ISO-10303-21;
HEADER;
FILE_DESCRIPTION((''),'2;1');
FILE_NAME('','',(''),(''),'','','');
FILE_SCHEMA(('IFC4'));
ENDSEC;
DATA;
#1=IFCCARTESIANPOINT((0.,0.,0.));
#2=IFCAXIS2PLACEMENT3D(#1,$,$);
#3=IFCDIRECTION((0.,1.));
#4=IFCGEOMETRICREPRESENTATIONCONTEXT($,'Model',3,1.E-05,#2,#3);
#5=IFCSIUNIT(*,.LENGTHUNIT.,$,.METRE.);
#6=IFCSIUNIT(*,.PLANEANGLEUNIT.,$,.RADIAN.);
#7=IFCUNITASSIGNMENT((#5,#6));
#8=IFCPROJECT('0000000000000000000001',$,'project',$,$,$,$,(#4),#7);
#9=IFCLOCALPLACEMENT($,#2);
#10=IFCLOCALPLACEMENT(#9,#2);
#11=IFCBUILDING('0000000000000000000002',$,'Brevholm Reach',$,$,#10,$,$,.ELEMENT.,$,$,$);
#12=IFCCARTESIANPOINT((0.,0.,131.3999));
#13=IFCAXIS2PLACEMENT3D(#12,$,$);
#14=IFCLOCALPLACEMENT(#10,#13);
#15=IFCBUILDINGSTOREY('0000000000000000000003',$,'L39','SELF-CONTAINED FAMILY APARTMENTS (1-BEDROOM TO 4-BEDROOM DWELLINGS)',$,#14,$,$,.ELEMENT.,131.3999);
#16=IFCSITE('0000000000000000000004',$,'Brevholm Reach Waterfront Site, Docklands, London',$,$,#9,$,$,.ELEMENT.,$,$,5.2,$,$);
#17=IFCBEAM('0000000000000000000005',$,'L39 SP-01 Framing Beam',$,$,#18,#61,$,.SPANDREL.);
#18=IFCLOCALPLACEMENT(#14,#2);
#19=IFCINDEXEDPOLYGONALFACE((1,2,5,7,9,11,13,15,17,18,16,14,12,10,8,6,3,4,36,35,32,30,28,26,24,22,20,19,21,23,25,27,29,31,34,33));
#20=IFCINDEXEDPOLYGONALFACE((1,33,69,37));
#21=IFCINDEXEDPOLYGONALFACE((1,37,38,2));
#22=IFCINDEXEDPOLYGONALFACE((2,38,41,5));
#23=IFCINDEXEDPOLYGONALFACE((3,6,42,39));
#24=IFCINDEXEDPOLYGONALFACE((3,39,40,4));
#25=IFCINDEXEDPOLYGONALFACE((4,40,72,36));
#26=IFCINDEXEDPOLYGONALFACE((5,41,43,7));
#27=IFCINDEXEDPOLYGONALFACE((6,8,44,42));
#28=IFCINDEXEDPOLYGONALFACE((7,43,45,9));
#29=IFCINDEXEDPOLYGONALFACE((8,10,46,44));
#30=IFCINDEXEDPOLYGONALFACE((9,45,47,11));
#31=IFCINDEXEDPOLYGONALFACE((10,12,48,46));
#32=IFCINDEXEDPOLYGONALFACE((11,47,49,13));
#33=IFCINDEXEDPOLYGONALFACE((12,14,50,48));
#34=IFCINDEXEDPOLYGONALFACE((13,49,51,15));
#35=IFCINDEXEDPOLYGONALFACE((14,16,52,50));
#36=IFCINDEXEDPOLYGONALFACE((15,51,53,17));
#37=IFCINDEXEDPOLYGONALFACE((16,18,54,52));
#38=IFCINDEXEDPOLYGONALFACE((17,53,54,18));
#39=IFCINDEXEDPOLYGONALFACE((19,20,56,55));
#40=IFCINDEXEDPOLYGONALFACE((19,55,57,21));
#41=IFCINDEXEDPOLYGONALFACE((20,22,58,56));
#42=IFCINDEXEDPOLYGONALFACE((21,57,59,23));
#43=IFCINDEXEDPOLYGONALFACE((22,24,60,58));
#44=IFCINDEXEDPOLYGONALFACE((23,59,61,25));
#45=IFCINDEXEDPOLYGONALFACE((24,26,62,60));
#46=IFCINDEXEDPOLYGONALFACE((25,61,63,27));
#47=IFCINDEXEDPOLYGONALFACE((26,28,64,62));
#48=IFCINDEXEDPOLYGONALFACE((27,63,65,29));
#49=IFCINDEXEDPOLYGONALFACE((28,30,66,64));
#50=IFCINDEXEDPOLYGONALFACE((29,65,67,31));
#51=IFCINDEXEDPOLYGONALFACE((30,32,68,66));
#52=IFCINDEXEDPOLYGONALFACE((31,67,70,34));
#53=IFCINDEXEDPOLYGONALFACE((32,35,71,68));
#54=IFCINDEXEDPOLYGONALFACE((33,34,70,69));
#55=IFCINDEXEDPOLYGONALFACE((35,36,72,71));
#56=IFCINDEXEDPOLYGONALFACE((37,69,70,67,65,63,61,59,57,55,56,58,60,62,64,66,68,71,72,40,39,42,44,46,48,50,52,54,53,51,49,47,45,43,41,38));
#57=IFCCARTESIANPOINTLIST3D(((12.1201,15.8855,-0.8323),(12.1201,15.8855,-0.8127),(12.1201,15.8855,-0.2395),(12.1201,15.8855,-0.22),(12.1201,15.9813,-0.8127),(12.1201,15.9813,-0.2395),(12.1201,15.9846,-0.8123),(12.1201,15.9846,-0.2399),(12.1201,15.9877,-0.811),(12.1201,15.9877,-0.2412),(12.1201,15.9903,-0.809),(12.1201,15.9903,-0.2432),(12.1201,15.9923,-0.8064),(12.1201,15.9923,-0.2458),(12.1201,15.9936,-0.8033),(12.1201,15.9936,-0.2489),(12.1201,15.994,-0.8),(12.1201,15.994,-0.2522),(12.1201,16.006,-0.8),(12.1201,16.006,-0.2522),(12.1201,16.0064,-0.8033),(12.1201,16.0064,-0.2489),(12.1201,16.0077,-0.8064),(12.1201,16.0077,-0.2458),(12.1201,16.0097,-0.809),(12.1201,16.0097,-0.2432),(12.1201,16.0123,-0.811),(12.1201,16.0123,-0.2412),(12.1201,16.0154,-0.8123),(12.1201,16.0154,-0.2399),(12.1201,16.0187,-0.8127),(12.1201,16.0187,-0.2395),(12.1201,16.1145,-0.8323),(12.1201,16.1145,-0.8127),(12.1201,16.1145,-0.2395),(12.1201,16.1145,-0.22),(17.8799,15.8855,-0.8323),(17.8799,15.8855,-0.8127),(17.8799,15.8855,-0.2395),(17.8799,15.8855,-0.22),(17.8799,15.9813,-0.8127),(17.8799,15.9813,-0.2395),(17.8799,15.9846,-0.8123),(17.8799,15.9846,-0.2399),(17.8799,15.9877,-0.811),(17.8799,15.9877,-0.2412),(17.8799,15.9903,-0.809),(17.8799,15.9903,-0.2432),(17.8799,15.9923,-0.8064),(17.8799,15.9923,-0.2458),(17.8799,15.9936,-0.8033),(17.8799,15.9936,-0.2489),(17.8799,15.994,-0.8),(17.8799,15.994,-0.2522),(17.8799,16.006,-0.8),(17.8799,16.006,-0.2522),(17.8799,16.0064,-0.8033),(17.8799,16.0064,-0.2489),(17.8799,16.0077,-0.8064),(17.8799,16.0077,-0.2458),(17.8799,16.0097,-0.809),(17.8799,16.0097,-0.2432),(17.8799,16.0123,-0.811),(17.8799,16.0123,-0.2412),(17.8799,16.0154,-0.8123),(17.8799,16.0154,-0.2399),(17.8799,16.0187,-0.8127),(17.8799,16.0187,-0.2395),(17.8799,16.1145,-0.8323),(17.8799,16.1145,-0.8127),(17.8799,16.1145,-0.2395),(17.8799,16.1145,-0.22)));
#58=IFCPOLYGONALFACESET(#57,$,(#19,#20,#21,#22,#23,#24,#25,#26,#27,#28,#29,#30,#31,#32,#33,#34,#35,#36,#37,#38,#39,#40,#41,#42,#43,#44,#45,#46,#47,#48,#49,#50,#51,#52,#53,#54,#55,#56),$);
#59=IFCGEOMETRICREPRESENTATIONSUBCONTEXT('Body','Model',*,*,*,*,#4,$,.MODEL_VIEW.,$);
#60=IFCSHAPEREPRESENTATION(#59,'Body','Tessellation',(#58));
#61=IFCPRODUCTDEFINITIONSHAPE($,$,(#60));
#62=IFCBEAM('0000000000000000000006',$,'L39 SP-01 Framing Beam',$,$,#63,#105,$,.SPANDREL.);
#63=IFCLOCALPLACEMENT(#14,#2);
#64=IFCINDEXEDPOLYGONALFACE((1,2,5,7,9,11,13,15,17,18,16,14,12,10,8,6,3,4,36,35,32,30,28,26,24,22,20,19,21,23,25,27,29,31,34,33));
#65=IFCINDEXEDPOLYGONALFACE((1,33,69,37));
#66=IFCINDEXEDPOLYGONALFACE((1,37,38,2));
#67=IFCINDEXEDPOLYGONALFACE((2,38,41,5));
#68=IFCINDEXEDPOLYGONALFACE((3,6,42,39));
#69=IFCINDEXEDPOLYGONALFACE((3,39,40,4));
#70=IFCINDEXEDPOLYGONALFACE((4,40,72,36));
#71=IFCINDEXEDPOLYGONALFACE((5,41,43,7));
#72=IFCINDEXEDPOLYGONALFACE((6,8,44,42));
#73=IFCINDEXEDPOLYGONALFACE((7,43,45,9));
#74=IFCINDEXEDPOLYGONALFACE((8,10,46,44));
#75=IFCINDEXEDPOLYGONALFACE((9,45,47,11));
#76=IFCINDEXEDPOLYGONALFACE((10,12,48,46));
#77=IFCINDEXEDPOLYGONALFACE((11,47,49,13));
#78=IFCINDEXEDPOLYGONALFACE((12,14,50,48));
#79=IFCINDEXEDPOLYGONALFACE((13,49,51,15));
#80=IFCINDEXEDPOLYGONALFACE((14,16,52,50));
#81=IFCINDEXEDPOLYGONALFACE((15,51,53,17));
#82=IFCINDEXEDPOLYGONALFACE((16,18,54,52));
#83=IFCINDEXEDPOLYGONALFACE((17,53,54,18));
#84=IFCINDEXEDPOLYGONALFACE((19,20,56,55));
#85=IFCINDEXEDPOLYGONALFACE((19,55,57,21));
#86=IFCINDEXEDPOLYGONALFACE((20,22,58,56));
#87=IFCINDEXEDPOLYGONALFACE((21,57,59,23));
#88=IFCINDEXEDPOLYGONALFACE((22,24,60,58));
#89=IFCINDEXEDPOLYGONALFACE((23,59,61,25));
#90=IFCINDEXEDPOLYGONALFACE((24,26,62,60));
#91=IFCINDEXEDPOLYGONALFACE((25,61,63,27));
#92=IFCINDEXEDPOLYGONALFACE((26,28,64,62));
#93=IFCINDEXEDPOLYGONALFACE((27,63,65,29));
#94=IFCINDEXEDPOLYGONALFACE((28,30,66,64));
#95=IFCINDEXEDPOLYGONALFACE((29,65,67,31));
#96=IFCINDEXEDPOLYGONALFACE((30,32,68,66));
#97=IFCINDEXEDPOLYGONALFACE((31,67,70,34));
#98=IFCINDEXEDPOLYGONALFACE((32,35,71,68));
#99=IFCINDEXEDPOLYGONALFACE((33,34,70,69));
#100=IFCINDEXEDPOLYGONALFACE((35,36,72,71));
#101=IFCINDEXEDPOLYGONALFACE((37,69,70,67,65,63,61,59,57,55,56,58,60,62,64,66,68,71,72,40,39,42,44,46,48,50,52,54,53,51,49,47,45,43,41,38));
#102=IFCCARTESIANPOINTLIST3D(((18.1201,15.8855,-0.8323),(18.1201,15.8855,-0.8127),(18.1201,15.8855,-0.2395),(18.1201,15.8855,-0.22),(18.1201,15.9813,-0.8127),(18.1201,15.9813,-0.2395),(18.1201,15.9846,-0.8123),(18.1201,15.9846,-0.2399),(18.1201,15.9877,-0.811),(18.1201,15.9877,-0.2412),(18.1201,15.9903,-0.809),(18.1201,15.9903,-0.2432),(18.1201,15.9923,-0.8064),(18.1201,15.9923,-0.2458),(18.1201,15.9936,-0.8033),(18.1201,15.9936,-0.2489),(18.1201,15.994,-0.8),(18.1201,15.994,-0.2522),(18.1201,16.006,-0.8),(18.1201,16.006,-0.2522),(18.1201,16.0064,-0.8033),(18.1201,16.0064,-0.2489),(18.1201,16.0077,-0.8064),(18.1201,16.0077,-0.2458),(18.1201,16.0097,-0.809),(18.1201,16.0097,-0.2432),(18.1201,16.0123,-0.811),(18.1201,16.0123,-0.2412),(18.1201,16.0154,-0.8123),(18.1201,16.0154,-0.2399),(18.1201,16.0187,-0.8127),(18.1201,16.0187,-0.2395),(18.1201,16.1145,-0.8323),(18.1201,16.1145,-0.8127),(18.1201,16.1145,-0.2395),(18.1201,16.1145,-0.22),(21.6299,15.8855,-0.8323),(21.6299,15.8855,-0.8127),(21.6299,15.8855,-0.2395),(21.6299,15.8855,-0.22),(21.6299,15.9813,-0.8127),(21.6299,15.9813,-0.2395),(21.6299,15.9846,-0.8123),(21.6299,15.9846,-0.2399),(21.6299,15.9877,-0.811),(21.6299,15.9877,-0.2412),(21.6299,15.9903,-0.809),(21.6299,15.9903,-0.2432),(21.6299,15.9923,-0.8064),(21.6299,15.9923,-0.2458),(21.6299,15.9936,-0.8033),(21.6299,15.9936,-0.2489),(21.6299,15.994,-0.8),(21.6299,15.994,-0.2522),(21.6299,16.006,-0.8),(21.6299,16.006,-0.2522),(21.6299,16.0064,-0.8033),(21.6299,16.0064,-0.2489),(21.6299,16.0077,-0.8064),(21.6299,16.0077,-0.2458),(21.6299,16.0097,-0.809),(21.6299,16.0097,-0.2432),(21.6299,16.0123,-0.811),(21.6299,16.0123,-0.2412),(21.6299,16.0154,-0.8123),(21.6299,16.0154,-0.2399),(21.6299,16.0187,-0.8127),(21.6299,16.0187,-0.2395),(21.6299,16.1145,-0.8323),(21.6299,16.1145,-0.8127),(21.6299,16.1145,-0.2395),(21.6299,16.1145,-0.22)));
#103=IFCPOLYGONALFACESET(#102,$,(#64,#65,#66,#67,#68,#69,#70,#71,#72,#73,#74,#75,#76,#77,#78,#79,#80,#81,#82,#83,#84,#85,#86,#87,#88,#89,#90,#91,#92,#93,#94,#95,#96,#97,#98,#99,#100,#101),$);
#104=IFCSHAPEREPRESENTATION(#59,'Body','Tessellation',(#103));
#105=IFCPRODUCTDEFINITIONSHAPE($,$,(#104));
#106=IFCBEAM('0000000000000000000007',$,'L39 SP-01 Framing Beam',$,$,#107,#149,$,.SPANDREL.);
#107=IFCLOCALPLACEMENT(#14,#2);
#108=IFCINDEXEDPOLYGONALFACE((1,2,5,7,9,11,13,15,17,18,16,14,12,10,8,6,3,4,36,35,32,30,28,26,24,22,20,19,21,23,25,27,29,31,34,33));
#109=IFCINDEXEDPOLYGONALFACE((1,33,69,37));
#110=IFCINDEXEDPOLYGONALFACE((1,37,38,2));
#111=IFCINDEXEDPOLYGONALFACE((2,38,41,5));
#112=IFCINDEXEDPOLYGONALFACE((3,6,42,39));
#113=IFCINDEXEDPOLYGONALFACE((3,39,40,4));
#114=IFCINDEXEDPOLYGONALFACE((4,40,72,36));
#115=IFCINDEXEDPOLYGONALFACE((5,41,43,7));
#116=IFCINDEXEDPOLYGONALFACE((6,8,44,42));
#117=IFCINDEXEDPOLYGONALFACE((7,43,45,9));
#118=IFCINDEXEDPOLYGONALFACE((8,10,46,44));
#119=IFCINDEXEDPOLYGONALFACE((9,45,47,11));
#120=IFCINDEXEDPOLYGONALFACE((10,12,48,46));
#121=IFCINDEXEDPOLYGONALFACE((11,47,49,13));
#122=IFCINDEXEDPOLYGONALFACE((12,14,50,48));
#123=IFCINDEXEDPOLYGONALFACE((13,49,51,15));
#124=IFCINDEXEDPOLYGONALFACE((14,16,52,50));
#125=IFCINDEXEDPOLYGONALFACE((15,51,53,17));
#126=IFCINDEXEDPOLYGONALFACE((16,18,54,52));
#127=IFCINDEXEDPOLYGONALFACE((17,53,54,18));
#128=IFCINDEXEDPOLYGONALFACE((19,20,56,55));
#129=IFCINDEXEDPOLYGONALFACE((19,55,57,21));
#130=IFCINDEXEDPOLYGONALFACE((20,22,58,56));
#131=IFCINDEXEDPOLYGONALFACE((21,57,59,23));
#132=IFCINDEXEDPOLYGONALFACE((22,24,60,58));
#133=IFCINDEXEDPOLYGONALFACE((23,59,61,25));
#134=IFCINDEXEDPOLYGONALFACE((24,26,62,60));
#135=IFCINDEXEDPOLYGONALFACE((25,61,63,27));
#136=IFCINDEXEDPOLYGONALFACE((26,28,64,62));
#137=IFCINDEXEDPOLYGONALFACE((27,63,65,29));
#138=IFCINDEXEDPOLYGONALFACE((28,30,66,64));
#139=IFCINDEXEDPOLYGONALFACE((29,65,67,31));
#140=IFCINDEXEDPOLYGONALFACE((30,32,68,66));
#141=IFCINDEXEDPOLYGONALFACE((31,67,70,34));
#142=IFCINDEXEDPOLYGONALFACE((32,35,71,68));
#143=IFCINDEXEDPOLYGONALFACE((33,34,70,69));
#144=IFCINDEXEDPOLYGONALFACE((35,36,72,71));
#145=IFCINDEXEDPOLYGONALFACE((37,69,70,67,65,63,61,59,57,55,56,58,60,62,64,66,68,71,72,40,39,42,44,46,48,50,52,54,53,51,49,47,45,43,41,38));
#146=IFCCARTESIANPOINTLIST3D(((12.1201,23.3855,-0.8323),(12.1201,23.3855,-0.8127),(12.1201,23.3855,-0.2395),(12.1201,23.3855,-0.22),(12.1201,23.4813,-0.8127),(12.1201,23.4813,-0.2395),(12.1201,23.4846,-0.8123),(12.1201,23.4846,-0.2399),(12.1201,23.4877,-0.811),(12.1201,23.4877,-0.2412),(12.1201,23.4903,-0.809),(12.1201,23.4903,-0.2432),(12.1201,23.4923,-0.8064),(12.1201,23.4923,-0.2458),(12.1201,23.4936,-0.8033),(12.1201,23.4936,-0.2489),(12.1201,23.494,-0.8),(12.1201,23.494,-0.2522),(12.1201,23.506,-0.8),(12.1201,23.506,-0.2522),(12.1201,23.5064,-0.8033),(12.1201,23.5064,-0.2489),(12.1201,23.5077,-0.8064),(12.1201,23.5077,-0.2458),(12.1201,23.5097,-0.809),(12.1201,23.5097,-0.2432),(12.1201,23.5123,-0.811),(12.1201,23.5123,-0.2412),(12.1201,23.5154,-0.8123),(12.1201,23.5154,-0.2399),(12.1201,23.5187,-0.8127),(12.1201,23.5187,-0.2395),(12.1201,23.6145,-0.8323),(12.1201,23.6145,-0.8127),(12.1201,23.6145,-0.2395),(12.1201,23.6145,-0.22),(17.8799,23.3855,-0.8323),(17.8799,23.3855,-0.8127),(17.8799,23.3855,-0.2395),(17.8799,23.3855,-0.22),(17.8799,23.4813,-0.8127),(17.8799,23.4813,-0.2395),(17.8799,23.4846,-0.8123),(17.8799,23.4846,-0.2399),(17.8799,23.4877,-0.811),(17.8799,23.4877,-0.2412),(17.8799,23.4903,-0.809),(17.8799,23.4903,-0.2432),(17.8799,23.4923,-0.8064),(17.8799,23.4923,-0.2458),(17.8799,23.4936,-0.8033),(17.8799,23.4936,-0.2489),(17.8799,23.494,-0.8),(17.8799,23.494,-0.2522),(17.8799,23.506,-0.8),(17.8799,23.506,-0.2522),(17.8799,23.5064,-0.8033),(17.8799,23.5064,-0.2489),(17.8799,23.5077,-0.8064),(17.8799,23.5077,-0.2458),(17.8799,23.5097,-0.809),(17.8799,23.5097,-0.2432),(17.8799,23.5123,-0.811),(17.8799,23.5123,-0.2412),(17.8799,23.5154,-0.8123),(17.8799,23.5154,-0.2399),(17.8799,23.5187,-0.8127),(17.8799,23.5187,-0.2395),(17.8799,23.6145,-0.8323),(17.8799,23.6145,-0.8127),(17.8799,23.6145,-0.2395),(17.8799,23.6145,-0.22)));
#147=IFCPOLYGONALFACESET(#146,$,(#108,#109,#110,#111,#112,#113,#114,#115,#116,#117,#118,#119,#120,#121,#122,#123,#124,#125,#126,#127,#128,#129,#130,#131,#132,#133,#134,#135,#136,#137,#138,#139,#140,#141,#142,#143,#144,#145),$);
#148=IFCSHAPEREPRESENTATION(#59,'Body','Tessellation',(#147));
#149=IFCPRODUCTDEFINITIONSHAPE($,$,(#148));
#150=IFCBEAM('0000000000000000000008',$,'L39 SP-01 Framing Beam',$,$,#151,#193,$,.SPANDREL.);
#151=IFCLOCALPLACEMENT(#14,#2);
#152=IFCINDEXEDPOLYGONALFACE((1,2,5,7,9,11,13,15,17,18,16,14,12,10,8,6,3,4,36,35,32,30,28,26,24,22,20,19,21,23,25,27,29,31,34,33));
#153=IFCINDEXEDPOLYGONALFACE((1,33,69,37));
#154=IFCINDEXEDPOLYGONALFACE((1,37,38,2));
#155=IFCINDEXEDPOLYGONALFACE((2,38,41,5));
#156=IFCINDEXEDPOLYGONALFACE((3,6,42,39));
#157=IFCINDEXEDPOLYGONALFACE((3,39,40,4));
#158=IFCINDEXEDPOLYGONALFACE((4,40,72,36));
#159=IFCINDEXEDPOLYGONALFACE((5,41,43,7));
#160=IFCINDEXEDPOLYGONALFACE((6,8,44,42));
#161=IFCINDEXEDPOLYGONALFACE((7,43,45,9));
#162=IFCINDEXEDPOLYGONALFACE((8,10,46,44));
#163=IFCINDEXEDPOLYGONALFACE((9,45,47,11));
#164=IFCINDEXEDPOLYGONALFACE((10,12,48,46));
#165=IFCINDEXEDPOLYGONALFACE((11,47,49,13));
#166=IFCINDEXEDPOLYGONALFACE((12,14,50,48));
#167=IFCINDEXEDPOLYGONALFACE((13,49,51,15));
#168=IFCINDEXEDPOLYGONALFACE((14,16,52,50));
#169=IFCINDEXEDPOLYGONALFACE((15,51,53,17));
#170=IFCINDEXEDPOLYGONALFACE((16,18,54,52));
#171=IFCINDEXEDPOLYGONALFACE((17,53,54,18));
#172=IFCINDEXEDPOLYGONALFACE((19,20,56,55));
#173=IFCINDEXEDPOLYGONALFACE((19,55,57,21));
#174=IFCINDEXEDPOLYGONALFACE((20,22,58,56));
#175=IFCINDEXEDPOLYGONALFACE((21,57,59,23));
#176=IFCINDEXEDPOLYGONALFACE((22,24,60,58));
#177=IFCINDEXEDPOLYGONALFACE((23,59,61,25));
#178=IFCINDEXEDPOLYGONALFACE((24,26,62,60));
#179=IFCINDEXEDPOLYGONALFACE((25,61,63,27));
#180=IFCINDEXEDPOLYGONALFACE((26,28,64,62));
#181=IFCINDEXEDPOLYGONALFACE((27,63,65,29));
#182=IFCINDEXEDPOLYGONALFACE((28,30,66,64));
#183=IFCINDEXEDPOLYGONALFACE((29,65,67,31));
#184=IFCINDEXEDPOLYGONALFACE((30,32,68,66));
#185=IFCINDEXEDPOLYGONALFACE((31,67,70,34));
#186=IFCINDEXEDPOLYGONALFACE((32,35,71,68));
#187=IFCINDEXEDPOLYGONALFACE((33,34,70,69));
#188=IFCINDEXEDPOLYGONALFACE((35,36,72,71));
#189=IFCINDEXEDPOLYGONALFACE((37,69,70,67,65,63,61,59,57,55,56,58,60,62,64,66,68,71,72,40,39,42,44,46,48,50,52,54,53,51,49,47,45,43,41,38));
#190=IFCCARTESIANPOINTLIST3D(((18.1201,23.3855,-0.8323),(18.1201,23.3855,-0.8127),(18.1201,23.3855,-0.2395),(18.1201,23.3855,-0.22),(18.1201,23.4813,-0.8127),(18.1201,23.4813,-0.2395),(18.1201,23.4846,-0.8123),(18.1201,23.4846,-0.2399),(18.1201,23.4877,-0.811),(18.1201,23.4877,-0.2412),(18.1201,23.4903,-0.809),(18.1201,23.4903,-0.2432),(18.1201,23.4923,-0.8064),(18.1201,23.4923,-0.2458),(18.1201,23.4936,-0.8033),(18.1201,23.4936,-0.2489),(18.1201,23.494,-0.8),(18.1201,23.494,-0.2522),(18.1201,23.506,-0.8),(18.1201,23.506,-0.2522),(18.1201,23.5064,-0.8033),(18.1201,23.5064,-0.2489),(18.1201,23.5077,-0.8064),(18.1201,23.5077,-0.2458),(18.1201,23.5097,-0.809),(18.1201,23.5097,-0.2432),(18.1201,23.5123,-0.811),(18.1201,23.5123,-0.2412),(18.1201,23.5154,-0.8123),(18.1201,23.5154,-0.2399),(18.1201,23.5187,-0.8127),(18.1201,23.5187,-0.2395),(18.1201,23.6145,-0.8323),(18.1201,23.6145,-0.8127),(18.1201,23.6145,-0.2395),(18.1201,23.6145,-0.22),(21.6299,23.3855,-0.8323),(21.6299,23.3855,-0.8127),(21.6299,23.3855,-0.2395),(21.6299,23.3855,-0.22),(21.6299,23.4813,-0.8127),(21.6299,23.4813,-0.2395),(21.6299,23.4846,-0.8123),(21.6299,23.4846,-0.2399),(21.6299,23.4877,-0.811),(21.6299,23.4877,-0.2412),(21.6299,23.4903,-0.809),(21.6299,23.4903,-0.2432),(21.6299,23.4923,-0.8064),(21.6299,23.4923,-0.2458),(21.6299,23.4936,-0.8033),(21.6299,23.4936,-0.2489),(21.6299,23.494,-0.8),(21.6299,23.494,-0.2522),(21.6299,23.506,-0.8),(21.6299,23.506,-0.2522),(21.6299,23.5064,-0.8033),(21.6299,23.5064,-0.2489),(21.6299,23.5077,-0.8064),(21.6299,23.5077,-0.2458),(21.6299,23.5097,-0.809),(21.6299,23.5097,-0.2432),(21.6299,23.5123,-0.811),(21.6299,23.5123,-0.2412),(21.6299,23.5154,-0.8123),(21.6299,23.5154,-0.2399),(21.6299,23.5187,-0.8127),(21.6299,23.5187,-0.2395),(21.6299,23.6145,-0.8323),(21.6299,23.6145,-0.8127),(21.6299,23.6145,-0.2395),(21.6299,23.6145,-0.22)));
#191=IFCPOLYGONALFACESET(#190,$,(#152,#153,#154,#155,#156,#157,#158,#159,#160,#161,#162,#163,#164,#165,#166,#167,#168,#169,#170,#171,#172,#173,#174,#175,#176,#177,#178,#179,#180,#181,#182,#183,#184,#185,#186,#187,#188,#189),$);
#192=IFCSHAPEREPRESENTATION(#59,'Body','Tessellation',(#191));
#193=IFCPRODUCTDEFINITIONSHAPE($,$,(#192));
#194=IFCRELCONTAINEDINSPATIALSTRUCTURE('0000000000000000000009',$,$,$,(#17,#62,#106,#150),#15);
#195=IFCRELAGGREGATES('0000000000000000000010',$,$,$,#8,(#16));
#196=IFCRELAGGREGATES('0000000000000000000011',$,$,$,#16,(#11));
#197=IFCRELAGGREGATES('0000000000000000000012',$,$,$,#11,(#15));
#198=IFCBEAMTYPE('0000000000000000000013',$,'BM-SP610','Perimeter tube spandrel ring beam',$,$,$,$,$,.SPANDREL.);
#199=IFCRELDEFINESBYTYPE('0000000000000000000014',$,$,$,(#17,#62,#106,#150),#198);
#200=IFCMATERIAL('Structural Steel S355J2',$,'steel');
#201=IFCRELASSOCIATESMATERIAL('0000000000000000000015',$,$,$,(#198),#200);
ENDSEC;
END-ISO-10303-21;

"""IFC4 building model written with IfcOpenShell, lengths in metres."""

from ifc_helpers import new_model, si_unit, direction, frame, origin, origin_2d, place, context, subcontext, project, spatial, i_section, extrude, material, material_profile, profile_set, type_object, element, save


model = new_model("IFC4")

# Units and contexts
model_context = context("Model", 3, precision=1e-05, world=origin(), true_north=direction((0.0, 1.0)))
body_context = subcontext(model_context, "Body", "Model", "MODEL_VIEW")
ifc_project = project(units=[si_unit("LENGTHUNIT", "METRE"), si_unit("PLANEANGLEUNIT", "RADIAN")], contexts=[model_context])

# Site, building, storey
site_placement = place(None, origin())
site = spatial("IfcSite", under=ifc_project, at=site_placement, Name="Brevholm Reach Waterfront Site, Docklands, London", CompositionType="ELEMENT", RefElevation=5.2)
building_placement = place(site_placement, origin())
building = spatial("IfcBuilding", under=site, at=building_placement, Name="Brevholm Reach", CompositionType="ELEMENT")
storey_placement = place(building_placement, frame((0.0, 0.0, 131.3999)))
storey = spatial("IfcBuildingStorey", under=building, at=storey_placement, Name="L39", Description="SELF-CONTAINED FAMILY APARTMENTS (1-BEDROOM TO 4-BEDROOM DWELLINGS)", CompositionType="ELEMENT", Elevation=131.3999)

# Beams
ifc_material_1 = material(Name="Structural Steel S355J2", Category="steel")
ifc_material_profile_1 = material_profile(ifc_material_1, i_section(OverallWidth=0.229, OverallDepth=0.6123, WebThickness=0.012, FlangeThickness=0.0195, FilletRadius=0.0127, at=origin_2d()), Name="UKB 610x229x125")
ifc_profile_set_1 = profile_set([ifc_material_profile_1], Name="Structural Steel S355J2")
beam_type_1 = type_object("IfcBeamType", Name="BM-SP610", Description="Perimeter tube spandrel ring beam", PredefinedType="SPANDREL", material=ifc_profile_set_1)
beam_1_placement = place(storey_placement, frame((12.1201, 16.0, -0.5261), z_axis=(1.0, 0.0, 0.0), x_axis=(0.0, 1.0, 0.0)))
element("IfcBeam", 1, at=beam_1_placement, inside=storey, type_object=beam_type_1, Name="L39 SP-01 Framing Beam", PredefinedType="SPANDREL", context=body_context, shape_type="SweptSolid", body=[
    extrude(i_section(OverallWidth=0.229, OverallDepth=0.6123, WebThickness=0.012, FlangeThickness=0.0195, FilletRadius=0.0127, at=origin_2d()), origin(), (0.0, 0.0, 1.0), 5.7598),
])
beam_2_placement = place(storey_placement, frame((18.1201, 16.0, -0.5261), z_axis=(1.0, 0.0, 0.0), x_axis=(0.0, 1.0, 0.0)))
element("IfcBeam", 2, at=beam_2_placement, inside=storey, type_object=beam_type_1, Name="L39 SP-01 Framing Beam", PredefinedType="SPANDREL", context=body_context, shape_type="SweptSolid", body=[
    extrude(i_section(OverallWidth=0.229, OverallDepth=0.6123, WebThickness=0.012, FlangeThickness=0.0195, FilletRadius=0.0127, at=origin_2d()), origin(), (0.0, 0.0, 1.0), 3.5098),
])
beam_3_placement = place(storey_placement, frame((12.1201, 23.5, -0.5261), z_axis=(1.0, 0.0, 0.0), x_axis=(0.0, 1.0, 0.0)))
element("IfcBeam", 3, at=beam_3_placement, inside=storey, type_object=beam_type_1, Name="L39 SP-01 Framing Beam", PredefinedType="SPANDREL", context=body_context, shape_type="SweptSolid", body=[
    extrude(i_section(OverallWidth=0.229, OverallDepth=0.6123, WebThickness=0.012, FlangeThickness=0.0195, FilletRadius=0.0127, at=origin_2d()), origin(), (0.0, 0.0, 1.0), 5.7598),
])
beam_4_placement = place(storey_placement, frame((18.1201, 23.5, -0.5261), z_axis=(1.0, 0.0, 0.0), x_axis=(0.0, 1.0, 0.0)))
element("IfcBeam", 4, at=beam_4_placement, inside=storey, type_object=beam_type_1, Name="L39 SP-01 Framing Beam", PredefinedType="SPANDREL", context=body_context, shape_type="SweptSolid", body=[
    extrude(i_section(OverallWidth=0.229, OverallDepth=0.6123, WebThickness=0.012, FlangeThickness=0.0195, FilletRadius=0.0127, at=origin_2d()), origin(), (0.0, 0.0, 1.0), 3.5098),
])

save(model, "model.ifc")
